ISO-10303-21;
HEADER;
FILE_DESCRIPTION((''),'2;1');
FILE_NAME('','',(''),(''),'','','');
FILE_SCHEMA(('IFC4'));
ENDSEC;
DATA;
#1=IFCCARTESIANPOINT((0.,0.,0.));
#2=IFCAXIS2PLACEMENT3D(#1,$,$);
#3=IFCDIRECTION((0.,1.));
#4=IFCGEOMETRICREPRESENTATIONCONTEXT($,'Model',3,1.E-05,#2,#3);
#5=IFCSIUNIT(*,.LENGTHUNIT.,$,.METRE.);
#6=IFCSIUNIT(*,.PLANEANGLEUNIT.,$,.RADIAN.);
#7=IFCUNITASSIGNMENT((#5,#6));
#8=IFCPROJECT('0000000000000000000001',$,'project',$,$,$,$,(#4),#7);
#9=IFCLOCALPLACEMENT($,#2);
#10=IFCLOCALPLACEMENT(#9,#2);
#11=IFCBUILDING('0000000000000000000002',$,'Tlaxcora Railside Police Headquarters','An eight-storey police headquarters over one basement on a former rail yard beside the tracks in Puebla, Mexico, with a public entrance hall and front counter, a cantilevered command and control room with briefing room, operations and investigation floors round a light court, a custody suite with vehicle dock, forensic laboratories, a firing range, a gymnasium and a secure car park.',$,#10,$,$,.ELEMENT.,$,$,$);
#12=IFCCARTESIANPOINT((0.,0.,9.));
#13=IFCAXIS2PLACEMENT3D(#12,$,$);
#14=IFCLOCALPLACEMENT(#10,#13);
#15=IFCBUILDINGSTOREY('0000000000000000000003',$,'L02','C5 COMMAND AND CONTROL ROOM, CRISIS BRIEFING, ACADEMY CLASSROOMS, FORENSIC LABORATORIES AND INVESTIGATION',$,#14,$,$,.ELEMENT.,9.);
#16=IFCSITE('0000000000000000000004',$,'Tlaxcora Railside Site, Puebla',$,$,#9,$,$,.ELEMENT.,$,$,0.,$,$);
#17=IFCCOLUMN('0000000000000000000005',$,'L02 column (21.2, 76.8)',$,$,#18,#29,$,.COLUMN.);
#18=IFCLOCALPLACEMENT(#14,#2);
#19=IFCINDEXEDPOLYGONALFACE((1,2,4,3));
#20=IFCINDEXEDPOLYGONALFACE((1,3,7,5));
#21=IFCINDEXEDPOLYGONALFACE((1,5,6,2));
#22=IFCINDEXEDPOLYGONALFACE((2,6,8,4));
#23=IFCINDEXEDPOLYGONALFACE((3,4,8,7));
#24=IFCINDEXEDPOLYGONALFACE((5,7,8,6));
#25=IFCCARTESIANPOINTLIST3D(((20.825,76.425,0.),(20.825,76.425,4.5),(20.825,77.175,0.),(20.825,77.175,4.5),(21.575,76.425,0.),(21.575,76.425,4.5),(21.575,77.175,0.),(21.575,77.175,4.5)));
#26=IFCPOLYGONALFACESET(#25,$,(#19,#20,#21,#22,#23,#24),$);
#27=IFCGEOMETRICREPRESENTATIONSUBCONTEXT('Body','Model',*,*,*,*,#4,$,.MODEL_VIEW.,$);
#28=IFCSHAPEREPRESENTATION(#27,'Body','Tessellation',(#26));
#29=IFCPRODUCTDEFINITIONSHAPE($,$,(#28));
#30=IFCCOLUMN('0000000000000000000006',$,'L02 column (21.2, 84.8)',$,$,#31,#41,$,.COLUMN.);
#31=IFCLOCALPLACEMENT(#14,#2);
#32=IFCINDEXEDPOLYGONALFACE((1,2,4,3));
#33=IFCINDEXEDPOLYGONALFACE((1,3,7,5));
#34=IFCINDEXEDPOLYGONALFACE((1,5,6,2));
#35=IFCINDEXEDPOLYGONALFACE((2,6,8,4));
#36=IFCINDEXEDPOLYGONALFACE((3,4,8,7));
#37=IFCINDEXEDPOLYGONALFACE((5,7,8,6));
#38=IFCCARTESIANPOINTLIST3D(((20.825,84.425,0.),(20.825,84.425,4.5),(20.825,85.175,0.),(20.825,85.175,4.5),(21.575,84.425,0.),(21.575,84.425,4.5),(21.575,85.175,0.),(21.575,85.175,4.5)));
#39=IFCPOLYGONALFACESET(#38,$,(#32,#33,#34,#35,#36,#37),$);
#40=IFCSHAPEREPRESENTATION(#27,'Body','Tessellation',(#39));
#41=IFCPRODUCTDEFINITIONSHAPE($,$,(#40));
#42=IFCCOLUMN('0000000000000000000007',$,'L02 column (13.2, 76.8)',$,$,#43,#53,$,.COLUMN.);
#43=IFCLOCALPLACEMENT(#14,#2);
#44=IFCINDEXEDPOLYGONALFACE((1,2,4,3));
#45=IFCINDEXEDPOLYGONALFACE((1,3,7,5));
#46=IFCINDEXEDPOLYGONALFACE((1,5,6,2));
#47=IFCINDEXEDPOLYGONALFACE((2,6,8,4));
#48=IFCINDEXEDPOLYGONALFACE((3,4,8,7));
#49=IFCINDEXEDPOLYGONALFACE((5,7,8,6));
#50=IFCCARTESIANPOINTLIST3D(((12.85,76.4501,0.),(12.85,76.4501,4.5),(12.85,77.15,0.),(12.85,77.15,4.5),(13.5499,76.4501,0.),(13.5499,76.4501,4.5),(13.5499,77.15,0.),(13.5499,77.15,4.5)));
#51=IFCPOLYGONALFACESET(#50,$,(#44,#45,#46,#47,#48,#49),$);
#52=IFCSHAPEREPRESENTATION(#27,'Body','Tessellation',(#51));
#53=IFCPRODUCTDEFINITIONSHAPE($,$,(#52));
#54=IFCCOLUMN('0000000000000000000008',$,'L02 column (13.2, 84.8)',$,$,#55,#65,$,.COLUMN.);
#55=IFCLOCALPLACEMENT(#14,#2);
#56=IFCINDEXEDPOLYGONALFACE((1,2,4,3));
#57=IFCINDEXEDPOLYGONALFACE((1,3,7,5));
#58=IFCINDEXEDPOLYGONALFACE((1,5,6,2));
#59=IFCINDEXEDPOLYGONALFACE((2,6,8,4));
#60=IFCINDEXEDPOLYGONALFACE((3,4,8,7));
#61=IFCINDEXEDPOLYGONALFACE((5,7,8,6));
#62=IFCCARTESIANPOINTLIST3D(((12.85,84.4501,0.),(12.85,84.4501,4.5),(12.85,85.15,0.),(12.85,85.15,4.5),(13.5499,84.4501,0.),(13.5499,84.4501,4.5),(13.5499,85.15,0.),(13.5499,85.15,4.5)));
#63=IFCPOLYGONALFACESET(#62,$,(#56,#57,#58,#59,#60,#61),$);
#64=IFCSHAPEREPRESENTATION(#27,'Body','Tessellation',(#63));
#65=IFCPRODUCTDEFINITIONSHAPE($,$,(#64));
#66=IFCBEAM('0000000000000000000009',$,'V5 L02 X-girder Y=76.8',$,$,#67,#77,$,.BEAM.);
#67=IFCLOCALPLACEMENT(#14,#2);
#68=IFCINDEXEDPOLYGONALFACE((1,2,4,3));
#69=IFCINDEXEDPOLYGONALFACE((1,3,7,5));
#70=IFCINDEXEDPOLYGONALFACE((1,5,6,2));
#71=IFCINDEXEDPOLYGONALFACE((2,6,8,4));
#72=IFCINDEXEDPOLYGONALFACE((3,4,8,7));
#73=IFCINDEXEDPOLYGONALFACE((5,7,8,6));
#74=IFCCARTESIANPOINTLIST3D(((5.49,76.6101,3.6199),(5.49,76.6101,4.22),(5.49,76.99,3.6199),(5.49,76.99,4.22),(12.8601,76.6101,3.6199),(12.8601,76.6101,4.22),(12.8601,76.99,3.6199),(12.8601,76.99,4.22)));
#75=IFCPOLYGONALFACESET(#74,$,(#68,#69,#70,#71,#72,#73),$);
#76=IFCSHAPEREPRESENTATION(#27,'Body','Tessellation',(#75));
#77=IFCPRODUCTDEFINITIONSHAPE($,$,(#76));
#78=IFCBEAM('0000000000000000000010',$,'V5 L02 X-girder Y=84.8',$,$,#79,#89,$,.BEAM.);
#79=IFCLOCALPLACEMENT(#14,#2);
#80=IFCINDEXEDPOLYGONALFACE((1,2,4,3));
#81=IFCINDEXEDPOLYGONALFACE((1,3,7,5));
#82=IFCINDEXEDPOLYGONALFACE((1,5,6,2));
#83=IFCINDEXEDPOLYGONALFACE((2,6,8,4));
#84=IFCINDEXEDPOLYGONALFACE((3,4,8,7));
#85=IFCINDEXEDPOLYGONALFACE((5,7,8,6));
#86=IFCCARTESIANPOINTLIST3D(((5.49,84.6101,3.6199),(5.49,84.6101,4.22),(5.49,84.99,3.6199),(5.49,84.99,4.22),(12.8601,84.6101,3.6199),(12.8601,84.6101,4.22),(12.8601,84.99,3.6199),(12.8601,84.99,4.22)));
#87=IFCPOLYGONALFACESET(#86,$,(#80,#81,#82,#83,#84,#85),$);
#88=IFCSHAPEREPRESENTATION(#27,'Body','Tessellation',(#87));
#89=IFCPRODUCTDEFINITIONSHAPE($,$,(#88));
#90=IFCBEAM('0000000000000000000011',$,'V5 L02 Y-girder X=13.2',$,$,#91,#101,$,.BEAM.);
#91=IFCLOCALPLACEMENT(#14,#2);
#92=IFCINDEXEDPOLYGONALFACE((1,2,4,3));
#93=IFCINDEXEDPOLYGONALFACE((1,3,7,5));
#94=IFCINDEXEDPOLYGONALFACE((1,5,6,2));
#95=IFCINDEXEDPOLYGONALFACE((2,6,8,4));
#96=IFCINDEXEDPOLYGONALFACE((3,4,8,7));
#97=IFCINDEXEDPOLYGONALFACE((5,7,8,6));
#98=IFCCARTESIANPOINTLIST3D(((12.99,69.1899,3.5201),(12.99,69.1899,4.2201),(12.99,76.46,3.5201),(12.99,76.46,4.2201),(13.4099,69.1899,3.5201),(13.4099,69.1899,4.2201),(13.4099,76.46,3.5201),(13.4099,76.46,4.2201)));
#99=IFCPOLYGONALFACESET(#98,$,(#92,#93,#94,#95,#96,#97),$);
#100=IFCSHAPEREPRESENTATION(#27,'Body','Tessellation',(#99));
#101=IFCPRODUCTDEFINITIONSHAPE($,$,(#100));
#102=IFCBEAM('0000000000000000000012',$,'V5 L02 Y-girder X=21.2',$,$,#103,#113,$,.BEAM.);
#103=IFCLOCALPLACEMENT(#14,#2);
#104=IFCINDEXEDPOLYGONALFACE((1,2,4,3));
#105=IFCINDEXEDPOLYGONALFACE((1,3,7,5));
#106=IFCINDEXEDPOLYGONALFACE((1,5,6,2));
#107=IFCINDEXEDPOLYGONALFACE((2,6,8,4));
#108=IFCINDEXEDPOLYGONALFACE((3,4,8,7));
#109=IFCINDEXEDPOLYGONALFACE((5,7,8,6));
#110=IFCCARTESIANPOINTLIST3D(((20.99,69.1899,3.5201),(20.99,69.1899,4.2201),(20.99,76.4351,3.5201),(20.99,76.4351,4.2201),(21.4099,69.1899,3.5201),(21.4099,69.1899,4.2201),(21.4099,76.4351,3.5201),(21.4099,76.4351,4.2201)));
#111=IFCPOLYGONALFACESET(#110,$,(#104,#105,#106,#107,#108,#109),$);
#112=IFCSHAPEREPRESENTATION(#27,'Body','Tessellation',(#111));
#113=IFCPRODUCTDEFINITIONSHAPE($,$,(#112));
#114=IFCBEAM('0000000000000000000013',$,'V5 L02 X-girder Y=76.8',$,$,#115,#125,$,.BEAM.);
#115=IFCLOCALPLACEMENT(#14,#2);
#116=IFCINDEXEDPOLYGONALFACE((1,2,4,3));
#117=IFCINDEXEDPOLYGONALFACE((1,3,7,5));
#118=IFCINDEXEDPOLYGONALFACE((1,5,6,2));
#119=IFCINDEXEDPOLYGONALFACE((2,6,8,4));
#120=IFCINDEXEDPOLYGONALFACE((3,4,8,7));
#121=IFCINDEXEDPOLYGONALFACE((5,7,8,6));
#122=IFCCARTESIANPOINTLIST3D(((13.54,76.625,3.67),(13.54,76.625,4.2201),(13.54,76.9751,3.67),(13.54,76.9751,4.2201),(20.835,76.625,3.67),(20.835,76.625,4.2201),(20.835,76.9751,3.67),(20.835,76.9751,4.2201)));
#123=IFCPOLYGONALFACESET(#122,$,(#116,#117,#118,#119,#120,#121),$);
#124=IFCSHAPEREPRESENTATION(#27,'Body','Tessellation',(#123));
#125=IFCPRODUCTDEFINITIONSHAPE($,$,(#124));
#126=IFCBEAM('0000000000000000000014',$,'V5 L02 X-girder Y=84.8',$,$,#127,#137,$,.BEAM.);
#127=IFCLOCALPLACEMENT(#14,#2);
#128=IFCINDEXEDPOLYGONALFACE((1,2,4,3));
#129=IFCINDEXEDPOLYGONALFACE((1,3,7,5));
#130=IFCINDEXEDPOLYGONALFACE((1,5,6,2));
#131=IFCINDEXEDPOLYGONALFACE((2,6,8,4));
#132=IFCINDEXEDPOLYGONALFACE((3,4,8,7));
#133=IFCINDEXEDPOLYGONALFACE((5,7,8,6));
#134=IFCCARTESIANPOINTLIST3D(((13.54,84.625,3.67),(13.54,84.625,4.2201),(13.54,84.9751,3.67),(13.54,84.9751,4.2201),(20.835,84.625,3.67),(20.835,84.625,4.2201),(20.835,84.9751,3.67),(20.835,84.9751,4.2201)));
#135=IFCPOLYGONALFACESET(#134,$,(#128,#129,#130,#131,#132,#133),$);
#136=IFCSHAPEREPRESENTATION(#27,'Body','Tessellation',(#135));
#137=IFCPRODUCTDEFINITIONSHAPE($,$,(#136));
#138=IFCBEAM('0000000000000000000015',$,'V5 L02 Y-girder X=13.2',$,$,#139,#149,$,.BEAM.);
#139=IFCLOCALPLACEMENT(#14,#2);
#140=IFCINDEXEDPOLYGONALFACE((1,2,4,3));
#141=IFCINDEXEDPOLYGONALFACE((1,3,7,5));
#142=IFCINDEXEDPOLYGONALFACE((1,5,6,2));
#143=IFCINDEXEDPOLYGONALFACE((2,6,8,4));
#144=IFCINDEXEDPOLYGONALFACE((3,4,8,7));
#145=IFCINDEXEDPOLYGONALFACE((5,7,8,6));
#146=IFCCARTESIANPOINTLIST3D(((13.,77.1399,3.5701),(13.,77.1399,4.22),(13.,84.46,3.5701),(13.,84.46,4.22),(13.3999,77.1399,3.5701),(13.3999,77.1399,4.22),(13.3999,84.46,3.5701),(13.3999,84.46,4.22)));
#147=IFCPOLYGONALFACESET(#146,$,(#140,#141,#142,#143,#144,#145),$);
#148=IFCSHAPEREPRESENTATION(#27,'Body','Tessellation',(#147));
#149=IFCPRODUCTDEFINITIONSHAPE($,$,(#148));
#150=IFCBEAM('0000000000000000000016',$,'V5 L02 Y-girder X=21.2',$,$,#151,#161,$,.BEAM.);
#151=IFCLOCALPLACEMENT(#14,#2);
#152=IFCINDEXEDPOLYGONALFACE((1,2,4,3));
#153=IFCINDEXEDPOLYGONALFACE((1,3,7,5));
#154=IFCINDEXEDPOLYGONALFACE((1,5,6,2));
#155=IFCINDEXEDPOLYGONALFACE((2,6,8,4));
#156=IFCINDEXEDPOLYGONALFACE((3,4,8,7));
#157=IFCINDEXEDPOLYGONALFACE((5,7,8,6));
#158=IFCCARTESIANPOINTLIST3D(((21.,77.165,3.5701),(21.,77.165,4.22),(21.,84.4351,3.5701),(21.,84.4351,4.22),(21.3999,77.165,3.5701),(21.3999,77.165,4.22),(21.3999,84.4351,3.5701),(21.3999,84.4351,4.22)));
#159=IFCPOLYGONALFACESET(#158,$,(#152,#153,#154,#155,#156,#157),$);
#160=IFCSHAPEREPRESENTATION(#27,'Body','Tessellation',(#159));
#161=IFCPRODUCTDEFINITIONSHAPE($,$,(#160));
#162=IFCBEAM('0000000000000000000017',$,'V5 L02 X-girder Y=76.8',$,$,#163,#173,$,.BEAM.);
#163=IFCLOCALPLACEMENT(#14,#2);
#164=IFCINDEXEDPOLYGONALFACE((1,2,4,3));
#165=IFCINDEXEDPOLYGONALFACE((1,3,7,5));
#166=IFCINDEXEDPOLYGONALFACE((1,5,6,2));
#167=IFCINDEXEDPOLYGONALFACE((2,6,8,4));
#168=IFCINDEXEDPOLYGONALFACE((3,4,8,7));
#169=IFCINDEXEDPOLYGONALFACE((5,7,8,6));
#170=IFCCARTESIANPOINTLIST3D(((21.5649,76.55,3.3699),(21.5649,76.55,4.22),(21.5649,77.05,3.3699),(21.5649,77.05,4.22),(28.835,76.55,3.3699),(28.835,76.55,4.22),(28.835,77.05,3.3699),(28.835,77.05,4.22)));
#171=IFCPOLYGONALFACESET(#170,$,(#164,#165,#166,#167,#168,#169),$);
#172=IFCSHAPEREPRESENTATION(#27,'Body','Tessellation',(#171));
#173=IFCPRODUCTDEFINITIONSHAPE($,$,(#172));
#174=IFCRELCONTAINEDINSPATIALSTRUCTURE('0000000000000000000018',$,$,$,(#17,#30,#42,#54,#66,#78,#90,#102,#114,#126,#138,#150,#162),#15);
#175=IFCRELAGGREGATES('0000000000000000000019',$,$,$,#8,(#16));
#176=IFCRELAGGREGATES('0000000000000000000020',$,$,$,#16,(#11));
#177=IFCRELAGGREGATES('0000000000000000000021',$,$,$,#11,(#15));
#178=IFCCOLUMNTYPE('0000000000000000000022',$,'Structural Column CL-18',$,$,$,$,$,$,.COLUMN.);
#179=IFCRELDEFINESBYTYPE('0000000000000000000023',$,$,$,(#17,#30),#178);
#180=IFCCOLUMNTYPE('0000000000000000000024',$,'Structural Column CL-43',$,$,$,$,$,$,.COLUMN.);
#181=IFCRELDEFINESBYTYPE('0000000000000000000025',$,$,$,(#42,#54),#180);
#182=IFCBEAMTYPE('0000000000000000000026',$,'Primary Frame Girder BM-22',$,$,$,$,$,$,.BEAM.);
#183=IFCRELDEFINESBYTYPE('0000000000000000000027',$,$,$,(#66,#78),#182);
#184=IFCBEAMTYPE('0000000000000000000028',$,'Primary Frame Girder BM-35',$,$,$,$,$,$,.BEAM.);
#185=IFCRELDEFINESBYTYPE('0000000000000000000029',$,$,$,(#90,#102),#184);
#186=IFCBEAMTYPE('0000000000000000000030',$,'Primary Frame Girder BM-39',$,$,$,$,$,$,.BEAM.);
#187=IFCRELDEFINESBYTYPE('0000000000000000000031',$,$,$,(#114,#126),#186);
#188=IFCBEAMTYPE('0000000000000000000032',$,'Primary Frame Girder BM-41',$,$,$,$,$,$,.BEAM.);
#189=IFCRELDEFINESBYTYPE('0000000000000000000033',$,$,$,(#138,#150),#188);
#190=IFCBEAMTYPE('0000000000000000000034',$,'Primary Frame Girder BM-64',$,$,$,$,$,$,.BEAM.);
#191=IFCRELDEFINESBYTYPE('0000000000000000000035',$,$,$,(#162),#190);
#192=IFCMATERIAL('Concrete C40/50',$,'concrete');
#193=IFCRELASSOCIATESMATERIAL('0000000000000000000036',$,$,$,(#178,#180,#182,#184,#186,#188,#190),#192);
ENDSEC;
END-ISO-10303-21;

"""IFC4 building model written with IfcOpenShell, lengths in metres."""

from ifc_helpers import new_model, si_unit, direction, frame, origin, origin_2d, place, context, subcontext, project, spatial, rectangle, extrude, material, material_profile, profile_set, type_object, element, save


model = new_model("IFC4")

# Units and contexts
model_context = context("Model", 3, precision=1e-05, world=origin(), true_north=direction((0.0, 1.0)))
body_context = subcontext(model_context, "Body", "Model", "MODEL_VIEW")
ifc_project = project(units=[si_unit("LENGTHUNIT", "METRE"), si_unit("PLANEANGLEUNIT", "RADIAN")], contexts=[model_context])

# Site, building, storey
site_placement = place(None, origin())
site = spatial("IfcSite", under=ifc_project, at=site_placement, Name="Tlaxcora Railside Site, Puebla", CompositionType="ELEMENT", RefElevation=0.0)
building_placement = place(site_placement, origin())
building = spatial("IfcBuilding", under=site, at=building_placement, Name="Tlaxcora Railside Police Headquarters", Description="An eight-storey police headquarters over one basement on a former rail yard beside the tracks in Puebla, Mexico, with a public entrance hall and front counter, a cantilevered command and control room with briefing room, operations and investigation floors round a light court, a custody suite with vehicle dock, forensic laboratories, a firing range, a gymnasium and a secure car park.", CompositionType="ELEMENT")
storey_placement = place(building_placement, frame((0.0, 0.0, 9.0)))
storey = spatial("IfcBuildingStorey", under=building, at=storey_placement, Name="L02", Description="C5 COMMAND AND CONTROL ROOM, CRISIS BRIEFING, ACADEMY CLASSROOMS, FORENSIC LABORATORIES AND INVESTIGATION", CompositionType="ELEMENT", Elevation=9.0)

# Columns
ifc_material_1 = material(Name="Concrete C40/50", Category="concrete")
ifc_material_profile_1 = material_profile(ifc_material_1, rectangle(XDim=0.75, YDim=0.75, at=origin_2d()), Name="RC750X750")
ifc_profile_set_1 = profile_set([ifc_material_profile_1], Name="Concrete C40/50")
column_type_1 = type_object("IfcColumnType", Name="Structural Column CL-18", PredefinedType="COLUMN", material=ifc_profile_set_1)
for number, where, z_axis, x_axis, name in (
    (1, (21.2, 76.8, 0.0), (0.0, 0.0, 1.0), (1.0, 0.0, 0.0), "L02 column (21.2, 76.8)"),
    (2, (21.2, 84.8, 0.0), (0.0, 0.0, 1.0), (1.0, 0.0, 0.0), "L02 column (21.2, 84.8)"),
):
    element("IfcColumn", number, at=place(storey_placement, frame(where, z_axis=z_axis, x_axis=x_axis)), inside=storey, type_object=column_type_1, Name=name, PredefinedType="COLUMN", context=body_context, shape_type="SweptSolid", body=[
        extrude(rectangle(XDim=0.75, YDim=0.75, at=origin_2d()), origin(), (0.0, 0.0, 1.0), 4.5),
    ])
ifc_material_profile_2 = material_profile(ifc_material_1, rectangle(XDim=0.7, YDim=0.7, at=origin_2d()), Name="RC700X700")
ifc_profile_set_2 = profile_set([ifc_material_profile_2], Name="Concrete C40/50")
column_type_2 = type_object("IfcColumnType", Name="Structural Column CL-43", PredefinedType="COLUMN", material=ifc_profile_set_2)
for number, where, z_axis, x_axis, name in (
    (3, (13.2, 76.8, 0.0), (0.0, 0.0, 1.0), (1.0, 0.0, 0.0), "L02 column (13.2, 76.8)"),
    (4, (13.2, 84.8, 0.0), (0.0, 0.0, 1.0), (1.0, 0.0, 0.0), "L02 column (13.2, 84.8)"),
):
    element("IfcColumn", number, at=place(storey_placement, frame(where, z_axis=z_axis, x_axis=x_axis)), inside=storey, type_object=column_type_2, Name=name, PredefinedType="COLUMN", context=body_context, shape_type="SweptSolid", body=[
        extrude(rectangle(XDim=0.7, YDim=0.7, at=origin_2d()), origin(), (0.0, 0.0, 1.0), 4.5),
    ])

# Beams
ifc_material_profile_3 = material_profile(ifc_material_1, rectangle(XDim=0.3799, YDim=0.6001, at=origin_2d()), Name="RC380X600")
ifc_profile_set_3 = profile_set([ifc_material_profile_3], Name="Concrete C40/50")
beam_type_1 = type_object("IfcBeamType", Name="Primary Frame Girder BM-22", PredefinedType="BEAM", material=ifc_profile_set_3)
for number, where, z_axis, x_axis, name in (
    (5, (5.49, 76.8, 3.9199), (1.0, 0.0, 0.0), (0.0, 1.0, 0.0), "V5 L02 X-girder Y=76.8"),
    (6, (5.49, 84.8, 3.9199), (1.0, 0.0, 0.0), (0.0, 1.0, 0.0), "V5 L02 X-girder Y=84.8"),
):
    element("IfcBeam", number, at=place(storey_placement, frame(where, z_axis=z_axis, x_axis=x_axis)), inside=storey, type_object=beam_type_1, Name=name, PredefinedType="BEAM", context=body_context, shape_type="SweptSolid", body=[
        extrude(rectangle(XDim=0.3799, YDim=0.6001, at=origin_2d()), origin(), (0.0, 0.0, 1.0), 7.3701),
    ])
ifc_material_profile_4 = material_profile(ifc_material_1, rectangle(XDim=0.4199, YDim=0.7, at=origin_2d()), Name="RC420X700")
ifc_profile_set_4 = profile_set([ifc_material_profile_4], Name="Concrete C40/50")
beam_type_2 = type_object("IfcBeamType", Name="Primary Frame Girder BM-35", PredefinedType="BEAM", material=ifc_profile_set_4)
beam_1_placement = place(storey_placement, frame((13.2, 69.1899, 3.8701), z_axis=(0.0, 1.0, 0.0), x_axis=(-1.0, 0.0, 0.0)))
element("IfcBeam", 7, at=beam_1_placement, inside=storey, type_object=beam_type_2, Name="V5 L02 Y-girder X=13.2", PredefinedType="BEAM", context=body_context, shape_type="SweptSolid", body=[
    extrude(rectangle(XDim=0.4199, YDim=0.7, at=origin_2d()), origin(), (0.0, 0.0, 1.0), 7.27),
])
beam_2_placement = place(storey_placement, frame((21.2, 69.1899, 3.8701), z_axis=(0.0, 1.0, 0.0), x_axis=(-1.0, 0.0, 0.0)))
element("IfcBeam", 8, at=beam_2_placement, inside=storey, type_object=beam_type_2, Name="V5 L02 Y-girder X=21.2", PredefinedType="BEAM", context=body_context, shape_type="SweptSolid", body=[
    extrude(rectangle(XDim=0.4199, YDim=0.7, at=origin_2d()), origin(), (0.0, 0.0, 1.0), 7.2451),
])
ifc_material_profile_5 = material_profile(ifc_material_1, rectangle(XDim=0.3501, YDim=0.55, at=origin_2d()), Name="RC350X550")
ifc_profile_set_5 = profile_set([ifc_material_profile_5], Name="Concrete C40/50")
beam_type_3 = type_object("IfcBeamType", Name="Primary Frame Girder BM-39", PredefinedType="BEAM", material=ifc_profile_set_5)
for number, where, z_axis, x_axis, name in (
    (9, (13.54, 76.8, 3.9451), (1.0, 0.0, 0.0), (0.0, 1.0, 0.0), "V5 L02 X-girder Y=76.8"),
    (10, (13.54, 84.8, 3.9451), (1.0, 0.0, 0.0), (0.0, 1.0, 0.0), "V5 L02 X-girder Y=84.8"),
):
    element("IfcBeam", number, at=place(storey_placement, frame(where, z_axis=z_axis, x_axis=x_axis)), inside=storey, type_object=beam_type_3, Name=name, PredefinedType="BEAM", context=body_context, shape_type="SweptSolid", body=[
        extrude(rectangle(XDim=0.3501, YDim=0.55, at=origin_2d()), origin(), (0.0, 0.0, 1.0), 7.2949),
    ])
ifc_material_profile_6 = material_profile(ifc_material_1, rectangle(XDim=0.3999, YDim=0.6499, at=origin_2d()), Name="RC400X650")
ifc_profile_set_6 = profile_set([ifc_material_profile_6], Name="Concrete C40/50")
beam_type_4 = type_object("IfcBeamType", Name="Primary Frame Girder BM-41", PredefinedType="BEAM", material=ifc_profile_set_6)
beam_3_placement = place(storey_placement, frame((13.2, 77.1399, 3.895), z_axis=(0.0, 1.0, 0.0), x_axis=(-1.0, 0.0, 0.0)))
element("IfcBeam", 11, at=beam_3_placement, inside=storey, type_object=beam_type_4, Name="V5 L02 Y-girder X=13.2", PredefinedType="BEAM", context=body_context, shape_type="SweptSolid", body=[
    extrude(rectangle(XDim=0.3999, YDim=0.6499, at=origin_2d()), origin(), (0.0, 0.0, 1.0), 7.3201),
])
beam_4_placement = place(storey_placement, frame((21.2, 77.165, 3.895), z_axis=(0.0, 1.0, 0.0), x_axis=(-1.0, 0.0, 0.0)))
element("IfcBeam", 12, at=beam_4_placement, inside=storey, type_object=beam_type_4, Name="V5 L02 Y-girder X=21.2", PredefinedType="BEAM", context=body_context, shape_type="SweptSolid", body=[
    extrude(rectangle(XDim=0.3999, YDim=0.6499, at=origin_2d()), origin(), (0.0, 0.0, 1.0), 7.27),
])
ifc_material_profile_7 = material_profile(ifc_material_1, rectangle(XDim=0.5, YDim=0.8501, at=origin_2d()), Name="RC500X850")
ifc_profile_set_7 = profile_set([ifc_material_profile_7], Name="Concrete C40/50")
beam_type_5 = type_object("IfcBeamType", Name="Primary Frame Girder BM-64", PredefinedType="BEAM", material=ifc_profile_set_7)
beam_5_placement = place(storey_placement, frame((21.5649, 76.8, 3.7949), z_axis=(1.0, 0.0, 0.0), x_axis=(0.0, 1.0, 0.0)))
element("IfcBeam", 13, at=beam_5_placement, inside=storey, type_object=beam_type_5, Name="V5 L02 X-girder Y=76.8", PredefinedType="BEAM", context=body_context, shape_type="SweptSolid", body=[
    extrude(rectangle(XDim=0.5, YDim=0.8501, at=origin_2d()), origin(), (0.0, 0.0, 1.0), 7.27),
])

save(model, "model.ifc")
